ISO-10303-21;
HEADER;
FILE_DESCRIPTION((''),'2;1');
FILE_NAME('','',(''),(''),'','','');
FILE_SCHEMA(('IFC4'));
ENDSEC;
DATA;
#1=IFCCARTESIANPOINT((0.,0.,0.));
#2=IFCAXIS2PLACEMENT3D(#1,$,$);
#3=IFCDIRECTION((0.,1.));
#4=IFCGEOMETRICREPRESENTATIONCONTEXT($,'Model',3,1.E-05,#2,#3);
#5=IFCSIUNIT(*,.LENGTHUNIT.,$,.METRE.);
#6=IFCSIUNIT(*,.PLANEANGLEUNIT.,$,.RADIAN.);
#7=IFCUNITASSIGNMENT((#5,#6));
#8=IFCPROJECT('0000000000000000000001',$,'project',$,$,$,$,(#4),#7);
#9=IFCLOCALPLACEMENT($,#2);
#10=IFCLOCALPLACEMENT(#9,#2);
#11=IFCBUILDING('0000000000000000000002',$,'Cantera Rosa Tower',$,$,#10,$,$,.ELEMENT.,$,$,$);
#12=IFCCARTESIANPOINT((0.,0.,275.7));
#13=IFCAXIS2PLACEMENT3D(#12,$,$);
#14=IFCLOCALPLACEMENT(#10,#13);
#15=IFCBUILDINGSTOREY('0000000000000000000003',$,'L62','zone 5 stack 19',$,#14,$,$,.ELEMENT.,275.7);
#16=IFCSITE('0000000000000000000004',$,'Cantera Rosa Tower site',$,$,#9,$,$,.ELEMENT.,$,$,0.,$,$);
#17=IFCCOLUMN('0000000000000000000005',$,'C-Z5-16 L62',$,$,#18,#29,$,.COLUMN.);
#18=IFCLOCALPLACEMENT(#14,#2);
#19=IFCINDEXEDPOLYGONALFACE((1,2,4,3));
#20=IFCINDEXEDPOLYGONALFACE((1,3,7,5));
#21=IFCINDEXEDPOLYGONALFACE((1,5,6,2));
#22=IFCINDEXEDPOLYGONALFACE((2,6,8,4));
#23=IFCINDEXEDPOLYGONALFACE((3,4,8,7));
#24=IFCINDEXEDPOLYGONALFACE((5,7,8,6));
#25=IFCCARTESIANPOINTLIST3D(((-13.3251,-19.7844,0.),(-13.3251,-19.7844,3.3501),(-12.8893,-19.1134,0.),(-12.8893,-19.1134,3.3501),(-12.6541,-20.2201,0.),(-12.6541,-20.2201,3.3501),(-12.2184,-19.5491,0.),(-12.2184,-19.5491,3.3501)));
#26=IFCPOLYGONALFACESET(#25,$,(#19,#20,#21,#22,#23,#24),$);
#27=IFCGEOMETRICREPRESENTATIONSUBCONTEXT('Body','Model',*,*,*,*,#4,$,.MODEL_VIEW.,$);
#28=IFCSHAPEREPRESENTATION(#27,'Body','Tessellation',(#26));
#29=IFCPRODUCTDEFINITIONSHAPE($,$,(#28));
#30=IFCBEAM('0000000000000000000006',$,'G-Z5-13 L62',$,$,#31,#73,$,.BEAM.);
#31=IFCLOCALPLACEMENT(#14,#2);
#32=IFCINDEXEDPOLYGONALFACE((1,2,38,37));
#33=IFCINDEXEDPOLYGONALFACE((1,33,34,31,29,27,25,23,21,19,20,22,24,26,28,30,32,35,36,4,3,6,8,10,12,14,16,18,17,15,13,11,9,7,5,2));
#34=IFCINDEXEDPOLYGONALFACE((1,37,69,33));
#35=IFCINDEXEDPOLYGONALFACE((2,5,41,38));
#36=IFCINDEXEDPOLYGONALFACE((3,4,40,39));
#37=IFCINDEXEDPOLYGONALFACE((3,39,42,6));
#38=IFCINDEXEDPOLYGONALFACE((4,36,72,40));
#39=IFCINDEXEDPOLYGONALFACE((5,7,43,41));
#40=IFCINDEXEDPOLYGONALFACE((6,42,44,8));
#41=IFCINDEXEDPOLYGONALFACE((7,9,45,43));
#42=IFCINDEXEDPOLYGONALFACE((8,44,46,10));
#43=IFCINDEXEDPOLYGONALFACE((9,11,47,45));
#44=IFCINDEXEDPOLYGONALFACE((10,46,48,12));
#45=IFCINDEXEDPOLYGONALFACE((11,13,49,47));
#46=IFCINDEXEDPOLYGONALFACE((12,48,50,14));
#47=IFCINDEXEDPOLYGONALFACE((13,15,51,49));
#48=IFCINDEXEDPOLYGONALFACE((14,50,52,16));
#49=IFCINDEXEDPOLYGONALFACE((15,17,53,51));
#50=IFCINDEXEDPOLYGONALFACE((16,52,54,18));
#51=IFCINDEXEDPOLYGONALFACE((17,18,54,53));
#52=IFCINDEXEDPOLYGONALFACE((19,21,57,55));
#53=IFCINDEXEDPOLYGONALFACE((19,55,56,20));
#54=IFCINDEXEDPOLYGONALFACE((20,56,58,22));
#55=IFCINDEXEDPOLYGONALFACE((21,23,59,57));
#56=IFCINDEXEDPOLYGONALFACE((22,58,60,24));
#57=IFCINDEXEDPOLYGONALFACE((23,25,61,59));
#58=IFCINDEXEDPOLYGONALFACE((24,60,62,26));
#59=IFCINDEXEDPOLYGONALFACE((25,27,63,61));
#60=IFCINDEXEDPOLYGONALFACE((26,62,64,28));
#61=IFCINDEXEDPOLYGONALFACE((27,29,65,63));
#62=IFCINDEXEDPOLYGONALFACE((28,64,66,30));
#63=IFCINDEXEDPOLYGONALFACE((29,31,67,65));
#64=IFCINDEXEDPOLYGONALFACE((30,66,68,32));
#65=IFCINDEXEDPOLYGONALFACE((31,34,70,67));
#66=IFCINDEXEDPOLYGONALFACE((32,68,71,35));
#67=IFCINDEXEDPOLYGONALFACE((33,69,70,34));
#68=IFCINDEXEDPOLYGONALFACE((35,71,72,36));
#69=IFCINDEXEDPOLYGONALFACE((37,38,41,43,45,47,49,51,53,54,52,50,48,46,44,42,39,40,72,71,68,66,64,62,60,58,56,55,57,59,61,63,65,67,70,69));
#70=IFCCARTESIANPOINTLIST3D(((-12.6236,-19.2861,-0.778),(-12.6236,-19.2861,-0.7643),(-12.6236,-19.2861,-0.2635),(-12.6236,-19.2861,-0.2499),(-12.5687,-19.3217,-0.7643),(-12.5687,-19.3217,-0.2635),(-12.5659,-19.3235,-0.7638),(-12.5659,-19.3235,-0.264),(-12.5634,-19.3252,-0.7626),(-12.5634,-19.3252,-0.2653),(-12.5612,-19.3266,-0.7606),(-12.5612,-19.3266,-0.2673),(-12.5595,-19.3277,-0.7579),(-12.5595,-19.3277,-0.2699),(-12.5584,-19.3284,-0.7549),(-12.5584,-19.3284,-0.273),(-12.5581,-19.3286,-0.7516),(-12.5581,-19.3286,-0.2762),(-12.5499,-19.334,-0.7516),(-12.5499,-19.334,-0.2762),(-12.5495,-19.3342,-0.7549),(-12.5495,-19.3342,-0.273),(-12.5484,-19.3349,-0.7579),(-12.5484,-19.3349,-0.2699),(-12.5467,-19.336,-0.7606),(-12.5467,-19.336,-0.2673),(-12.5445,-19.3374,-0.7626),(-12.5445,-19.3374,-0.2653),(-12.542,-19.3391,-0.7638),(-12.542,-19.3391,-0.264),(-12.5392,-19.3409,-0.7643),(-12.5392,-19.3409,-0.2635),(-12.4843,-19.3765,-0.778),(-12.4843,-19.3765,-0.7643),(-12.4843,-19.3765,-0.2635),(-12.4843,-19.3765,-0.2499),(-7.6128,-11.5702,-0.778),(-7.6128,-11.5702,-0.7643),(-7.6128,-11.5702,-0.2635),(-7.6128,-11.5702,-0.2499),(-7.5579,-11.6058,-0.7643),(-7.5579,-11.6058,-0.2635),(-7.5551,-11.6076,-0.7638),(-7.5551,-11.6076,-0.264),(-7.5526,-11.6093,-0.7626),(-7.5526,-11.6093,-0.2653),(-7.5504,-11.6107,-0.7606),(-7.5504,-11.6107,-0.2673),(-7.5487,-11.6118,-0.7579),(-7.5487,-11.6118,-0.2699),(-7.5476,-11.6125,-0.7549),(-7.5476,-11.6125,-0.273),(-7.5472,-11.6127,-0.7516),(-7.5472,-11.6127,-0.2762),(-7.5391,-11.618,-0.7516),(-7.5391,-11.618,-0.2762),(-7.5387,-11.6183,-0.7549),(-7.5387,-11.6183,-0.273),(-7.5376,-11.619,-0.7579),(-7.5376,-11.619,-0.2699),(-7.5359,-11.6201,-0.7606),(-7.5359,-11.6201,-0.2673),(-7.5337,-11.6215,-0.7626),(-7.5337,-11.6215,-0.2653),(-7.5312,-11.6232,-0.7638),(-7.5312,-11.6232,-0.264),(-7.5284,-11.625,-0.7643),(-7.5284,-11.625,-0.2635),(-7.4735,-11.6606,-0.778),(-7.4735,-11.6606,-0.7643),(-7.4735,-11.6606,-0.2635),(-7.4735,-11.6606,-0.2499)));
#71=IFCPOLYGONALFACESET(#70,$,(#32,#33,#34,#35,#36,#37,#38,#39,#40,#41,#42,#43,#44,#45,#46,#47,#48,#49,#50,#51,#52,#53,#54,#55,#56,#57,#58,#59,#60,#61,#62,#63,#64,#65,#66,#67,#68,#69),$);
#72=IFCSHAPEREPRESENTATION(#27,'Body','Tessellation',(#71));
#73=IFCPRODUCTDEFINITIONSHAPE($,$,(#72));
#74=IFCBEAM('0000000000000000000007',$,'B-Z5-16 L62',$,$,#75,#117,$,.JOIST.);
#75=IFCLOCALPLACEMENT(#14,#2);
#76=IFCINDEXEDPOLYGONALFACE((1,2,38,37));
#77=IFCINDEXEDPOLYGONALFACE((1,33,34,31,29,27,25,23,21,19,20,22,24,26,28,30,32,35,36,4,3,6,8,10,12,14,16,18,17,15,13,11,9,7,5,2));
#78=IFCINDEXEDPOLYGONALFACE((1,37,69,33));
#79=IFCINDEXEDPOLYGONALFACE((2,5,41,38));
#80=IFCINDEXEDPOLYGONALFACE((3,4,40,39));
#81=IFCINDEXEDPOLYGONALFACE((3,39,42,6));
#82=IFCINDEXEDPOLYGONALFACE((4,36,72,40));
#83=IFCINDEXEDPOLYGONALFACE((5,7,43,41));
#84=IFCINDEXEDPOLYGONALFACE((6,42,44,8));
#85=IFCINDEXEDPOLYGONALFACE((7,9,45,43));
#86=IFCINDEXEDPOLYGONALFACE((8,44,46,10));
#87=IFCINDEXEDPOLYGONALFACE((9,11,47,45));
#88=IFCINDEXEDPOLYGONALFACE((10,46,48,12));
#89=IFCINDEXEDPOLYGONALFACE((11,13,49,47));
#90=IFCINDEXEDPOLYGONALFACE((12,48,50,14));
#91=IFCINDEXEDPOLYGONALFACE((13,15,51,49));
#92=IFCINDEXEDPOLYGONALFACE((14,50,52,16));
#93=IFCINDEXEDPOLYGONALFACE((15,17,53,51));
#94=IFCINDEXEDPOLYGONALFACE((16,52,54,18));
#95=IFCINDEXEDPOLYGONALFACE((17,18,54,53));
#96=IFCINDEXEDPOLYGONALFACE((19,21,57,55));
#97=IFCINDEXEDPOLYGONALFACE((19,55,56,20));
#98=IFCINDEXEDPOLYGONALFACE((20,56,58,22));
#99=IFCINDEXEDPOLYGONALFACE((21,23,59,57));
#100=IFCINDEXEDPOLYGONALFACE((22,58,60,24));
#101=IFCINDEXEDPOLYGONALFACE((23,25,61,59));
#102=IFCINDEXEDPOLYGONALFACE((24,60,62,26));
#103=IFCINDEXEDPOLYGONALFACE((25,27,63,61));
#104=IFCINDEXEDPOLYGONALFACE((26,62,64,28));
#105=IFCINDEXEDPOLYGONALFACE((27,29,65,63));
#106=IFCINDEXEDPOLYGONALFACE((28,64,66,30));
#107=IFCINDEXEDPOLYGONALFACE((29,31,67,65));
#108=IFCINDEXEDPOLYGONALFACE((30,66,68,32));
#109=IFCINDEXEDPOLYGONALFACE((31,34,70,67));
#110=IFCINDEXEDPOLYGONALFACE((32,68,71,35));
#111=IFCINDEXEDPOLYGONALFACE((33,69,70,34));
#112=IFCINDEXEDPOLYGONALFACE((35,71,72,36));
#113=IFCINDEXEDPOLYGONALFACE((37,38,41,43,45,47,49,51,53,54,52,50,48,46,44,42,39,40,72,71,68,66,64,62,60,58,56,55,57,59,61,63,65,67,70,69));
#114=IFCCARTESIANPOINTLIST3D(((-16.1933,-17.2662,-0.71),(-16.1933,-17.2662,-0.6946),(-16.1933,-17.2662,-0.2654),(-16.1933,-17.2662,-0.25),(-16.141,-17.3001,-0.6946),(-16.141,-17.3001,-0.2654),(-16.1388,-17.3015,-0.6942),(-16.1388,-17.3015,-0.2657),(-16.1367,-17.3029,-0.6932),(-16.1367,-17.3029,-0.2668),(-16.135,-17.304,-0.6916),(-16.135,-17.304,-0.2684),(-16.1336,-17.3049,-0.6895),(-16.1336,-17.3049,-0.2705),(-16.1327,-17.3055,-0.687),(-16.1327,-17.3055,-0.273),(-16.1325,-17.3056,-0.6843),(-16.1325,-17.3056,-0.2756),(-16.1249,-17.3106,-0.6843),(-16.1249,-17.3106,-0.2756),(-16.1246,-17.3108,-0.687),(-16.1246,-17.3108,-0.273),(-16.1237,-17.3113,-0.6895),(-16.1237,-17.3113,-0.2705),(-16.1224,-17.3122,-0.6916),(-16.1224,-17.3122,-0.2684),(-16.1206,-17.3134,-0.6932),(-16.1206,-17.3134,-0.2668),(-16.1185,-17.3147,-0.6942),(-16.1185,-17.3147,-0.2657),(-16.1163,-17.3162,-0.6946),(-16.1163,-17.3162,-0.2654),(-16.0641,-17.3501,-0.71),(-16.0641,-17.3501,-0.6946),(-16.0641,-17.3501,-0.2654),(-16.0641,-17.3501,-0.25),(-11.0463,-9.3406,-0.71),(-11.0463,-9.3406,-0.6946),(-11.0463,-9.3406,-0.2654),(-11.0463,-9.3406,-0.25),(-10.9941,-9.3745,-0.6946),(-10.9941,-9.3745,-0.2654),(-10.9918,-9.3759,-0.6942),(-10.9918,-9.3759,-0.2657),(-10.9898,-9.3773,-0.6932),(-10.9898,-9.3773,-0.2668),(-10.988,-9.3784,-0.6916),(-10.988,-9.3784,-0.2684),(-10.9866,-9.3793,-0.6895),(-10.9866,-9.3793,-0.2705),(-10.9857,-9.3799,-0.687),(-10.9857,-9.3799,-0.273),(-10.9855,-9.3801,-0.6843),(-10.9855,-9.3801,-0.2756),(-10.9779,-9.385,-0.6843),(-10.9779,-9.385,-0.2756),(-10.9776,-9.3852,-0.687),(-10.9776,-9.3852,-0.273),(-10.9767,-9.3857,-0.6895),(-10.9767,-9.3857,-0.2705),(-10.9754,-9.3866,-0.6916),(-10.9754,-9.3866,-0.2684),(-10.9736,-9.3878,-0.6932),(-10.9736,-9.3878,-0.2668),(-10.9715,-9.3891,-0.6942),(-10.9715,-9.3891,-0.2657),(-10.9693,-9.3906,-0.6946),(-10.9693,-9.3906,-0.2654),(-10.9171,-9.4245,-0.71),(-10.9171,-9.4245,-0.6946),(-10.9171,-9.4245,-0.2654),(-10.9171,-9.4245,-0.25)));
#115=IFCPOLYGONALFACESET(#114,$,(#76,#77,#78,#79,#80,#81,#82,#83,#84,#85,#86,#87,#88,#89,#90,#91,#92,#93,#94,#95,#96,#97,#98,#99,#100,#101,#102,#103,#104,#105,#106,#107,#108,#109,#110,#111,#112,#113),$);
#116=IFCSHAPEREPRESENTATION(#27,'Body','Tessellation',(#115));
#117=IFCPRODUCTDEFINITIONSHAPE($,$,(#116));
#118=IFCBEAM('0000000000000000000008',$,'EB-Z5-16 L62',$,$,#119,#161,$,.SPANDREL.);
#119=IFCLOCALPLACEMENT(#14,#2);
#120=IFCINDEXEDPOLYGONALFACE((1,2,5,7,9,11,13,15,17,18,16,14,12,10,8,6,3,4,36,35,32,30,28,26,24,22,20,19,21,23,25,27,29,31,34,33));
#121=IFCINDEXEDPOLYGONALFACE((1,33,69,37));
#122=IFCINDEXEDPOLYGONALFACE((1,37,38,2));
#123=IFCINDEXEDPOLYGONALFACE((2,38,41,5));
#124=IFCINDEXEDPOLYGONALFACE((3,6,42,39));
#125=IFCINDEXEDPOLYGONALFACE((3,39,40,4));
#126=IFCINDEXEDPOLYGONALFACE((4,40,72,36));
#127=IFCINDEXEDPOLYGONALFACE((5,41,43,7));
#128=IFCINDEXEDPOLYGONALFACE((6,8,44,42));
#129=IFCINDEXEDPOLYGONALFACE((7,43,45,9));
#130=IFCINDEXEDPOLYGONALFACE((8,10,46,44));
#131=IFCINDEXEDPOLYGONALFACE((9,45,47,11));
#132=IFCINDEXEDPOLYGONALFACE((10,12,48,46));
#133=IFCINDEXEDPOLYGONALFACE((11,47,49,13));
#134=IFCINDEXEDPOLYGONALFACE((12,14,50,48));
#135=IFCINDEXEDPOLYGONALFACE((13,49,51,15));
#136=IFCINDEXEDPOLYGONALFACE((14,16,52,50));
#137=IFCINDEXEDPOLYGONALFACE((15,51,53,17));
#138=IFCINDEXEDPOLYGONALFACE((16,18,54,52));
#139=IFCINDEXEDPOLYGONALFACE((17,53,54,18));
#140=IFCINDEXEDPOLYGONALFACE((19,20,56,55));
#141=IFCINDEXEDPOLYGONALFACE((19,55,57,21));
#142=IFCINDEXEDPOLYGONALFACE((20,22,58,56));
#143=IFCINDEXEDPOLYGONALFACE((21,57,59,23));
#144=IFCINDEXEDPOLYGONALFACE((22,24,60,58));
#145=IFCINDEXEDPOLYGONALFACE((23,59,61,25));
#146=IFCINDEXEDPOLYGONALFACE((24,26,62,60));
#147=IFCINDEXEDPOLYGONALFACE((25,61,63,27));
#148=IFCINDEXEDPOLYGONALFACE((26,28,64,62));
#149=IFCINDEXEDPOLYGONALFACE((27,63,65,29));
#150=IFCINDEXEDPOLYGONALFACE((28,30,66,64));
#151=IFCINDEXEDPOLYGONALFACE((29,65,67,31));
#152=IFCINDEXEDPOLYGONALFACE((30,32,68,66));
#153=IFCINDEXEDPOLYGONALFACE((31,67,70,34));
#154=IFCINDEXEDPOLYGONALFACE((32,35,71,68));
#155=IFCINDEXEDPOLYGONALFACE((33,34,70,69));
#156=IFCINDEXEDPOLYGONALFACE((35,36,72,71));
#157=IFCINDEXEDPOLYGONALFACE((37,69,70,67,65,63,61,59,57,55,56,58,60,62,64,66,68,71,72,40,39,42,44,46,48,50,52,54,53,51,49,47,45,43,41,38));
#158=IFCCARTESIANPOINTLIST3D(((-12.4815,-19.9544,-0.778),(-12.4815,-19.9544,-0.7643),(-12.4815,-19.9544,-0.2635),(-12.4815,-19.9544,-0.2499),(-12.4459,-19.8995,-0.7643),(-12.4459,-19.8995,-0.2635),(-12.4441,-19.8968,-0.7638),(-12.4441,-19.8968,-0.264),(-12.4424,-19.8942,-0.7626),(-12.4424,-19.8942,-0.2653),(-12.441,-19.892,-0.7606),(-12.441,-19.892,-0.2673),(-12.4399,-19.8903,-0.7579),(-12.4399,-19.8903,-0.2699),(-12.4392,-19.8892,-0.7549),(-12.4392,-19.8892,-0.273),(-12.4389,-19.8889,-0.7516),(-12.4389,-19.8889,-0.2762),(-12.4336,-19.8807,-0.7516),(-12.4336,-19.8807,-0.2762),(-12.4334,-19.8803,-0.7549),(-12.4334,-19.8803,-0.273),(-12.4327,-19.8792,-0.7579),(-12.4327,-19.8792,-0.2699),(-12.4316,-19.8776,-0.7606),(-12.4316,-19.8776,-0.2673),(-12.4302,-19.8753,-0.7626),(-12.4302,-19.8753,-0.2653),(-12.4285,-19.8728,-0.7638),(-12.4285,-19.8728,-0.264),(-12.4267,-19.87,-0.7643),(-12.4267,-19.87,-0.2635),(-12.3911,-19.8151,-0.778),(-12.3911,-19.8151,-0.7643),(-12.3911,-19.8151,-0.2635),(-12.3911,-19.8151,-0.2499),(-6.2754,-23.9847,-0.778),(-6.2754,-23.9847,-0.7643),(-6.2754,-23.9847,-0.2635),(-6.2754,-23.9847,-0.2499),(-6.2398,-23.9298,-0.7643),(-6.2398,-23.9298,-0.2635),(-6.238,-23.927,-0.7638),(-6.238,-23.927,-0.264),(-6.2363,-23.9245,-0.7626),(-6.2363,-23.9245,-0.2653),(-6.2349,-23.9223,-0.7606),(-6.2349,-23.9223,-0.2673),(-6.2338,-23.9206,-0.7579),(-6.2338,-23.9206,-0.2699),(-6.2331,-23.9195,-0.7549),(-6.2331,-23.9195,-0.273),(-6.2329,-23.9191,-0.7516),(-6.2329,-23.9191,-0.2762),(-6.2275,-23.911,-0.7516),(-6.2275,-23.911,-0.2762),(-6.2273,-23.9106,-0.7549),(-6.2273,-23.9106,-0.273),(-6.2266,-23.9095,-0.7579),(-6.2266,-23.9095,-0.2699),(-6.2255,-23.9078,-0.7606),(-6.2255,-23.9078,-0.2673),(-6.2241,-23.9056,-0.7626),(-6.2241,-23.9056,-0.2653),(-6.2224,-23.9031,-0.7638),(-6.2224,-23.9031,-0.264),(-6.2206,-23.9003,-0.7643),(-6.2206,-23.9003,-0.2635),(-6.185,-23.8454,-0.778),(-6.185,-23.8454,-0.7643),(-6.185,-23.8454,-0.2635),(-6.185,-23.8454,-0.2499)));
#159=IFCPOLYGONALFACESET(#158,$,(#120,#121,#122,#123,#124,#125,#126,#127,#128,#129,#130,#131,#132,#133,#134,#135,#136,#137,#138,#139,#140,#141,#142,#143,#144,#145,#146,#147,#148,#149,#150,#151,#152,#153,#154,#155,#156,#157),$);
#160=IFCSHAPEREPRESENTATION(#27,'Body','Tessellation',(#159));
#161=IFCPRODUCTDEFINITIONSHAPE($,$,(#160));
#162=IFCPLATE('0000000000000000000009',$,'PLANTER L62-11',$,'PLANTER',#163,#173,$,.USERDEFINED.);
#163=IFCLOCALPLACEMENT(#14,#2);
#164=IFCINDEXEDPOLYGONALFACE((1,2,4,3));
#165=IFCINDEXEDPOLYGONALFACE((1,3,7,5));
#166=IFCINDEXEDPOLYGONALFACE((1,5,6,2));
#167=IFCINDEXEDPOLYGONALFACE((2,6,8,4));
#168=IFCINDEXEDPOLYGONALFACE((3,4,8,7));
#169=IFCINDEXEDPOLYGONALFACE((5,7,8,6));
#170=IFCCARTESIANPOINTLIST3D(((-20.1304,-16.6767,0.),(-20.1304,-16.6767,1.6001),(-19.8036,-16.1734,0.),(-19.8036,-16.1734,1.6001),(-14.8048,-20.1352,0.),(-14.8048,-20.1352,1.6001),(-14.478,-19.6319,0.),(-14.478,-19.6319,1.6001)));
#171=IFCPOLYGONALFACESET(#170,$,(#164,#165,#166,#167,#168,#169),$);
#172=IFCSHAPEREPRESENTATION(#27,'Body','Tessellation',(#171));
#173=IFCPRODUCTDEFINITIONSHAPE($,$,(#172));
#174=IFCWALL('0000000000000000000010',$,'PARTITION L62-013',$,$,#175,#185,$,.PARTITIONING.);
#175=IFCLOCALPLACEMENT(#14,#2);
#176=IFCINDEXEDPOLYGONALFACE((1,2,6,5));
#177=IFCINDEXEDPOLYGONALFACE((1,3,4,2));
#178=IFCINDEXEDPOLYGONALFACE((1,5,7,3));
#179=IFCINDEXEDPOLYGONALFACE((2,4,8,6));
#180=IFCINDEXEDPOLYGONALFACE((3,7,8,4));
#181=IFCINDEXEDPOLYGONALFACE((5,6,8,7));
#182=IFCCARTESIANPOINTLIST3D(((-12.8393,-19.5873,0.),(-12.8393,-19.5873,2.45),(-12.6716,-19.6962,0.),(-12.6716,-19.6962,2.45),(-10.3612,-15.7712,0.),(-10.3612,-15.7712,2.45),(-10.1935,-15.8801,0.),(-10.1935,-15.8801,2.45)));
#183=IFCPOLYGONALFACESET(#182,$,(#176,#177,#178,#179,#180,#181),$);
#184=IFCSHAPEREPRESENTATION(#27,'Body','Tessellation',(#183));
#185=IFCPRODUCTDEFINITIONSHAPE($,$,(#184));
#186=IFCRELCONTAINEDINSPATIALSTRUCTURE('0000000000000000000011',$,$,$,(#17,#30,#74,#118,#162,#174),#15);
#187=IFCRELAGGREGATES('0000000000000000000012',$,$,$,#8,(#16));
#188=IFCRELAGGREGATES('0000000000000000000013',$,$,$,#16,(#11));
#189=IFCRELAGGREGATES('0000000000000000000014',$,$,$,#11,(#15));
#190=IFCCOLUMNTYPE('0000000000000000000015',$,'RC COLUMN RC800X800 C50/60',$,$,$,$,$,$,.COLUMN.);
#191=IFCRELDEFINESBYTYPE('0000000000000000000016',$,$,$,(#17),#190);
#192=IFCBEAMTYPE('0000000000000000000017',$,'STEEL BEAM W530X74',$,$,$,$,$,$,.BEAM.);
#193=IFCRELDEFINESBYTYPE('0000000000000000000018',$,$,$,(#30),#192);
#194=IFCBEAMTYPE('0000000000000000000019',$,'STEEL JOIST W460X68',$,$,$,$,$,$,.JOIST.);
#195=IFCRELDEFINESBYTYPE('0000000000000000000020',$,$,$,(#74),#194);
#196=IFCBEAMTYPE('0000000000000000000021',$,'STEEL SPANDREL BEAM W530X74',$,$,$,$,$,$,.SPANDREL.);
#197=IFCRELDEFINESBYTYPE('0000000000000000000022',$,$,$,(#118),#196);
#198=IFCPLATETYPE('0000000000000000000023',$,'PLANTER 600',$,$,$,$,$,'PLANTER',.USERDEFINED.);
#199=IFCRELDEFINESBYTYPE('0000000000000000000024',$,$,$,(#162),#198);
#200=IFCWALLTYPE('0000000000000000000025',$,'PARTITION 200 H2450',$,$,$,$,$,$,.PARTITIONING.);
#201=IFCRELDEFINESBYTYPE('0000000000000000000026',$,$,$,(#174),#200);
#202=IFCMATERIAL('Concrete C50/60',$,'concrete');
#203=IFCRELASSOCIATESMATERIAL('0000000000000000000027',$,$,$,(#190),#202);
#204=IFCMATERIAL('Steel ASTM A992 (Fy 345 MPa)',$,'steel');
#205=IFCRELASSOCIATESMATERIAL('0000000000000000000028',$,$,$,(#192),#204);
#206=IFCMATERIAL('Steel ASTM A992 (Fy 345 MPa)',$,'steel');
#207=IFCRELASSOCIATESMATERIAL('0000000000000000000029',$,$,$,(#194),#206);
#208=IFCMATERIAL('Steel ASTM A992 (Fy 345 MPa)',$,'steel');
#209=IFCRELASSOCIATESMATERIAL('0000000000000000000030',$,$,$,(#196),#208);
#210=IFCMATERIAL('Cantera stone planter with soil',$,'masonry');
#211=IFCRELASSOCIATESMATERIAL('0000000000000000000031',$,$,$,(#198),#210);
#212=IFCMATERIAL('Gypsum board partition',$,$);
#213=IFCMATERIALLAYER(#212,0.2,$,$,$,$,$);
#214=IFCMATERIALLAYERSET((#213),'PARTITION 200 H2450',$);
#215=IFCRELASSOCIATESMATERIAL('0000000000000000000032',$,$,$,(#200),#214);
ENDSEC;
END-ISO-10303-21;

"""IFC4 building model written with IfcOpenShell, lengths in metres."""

from ifc_helpers import new_model, si_unit, direction, frame, frame_2d, origin, origin_2d, place, context, subcontext, project, spatial, rectangle, i_section, extrude, material, layer, layer_set, material_profile, profile_set, type_object, element, save


model = new_model("IFC4")

# Units and contexts
model_context = context("Model", 3, precision=1e-05, world=origin(), true_north=direction((0.0, 1.0)))
body_context = subcontext(model_context, "Body", "Model", "MODEL_VIEW")
ifc_project = project(units=[si_unit("LENGTHUNIT", "METRE"), si_unit("PLANEANGLEUNIT", "RADIAN")], contexts=[model_context])

# Site, building, storey
site_placement = place(None, origin())
site = spatial("IfcSite", under=ifc_project, at=site_placement, Name="Cantera Rosa Tower site", CompositionType="ELEMENT", RefElevation=0.0)
building_placement = place(site_placement, origin())
building = spatial("IfcBuilding", under=site, at=building_placement, Name="Cantera Rosa Tower", CompositionType="ELEMENT")
storey_placement = place(building_placement, frame((0.0, 0.0, 275.7)))
storey = spatial("IfcBuildingStorey", under=building, at=storey_placement, Name="L62", Description="zone 5 stack 19", CompositionType="ELEMENT", Elevation=275.7)

# Column
ifc_material_1 = material(Name="Concrete C50/60", Category="concrete")
ifc_material_profile_1 = material_profile(ifc_material_1, rectangle(XDim=0.8, YDim=0.8, at=origin_2d()), Name="RC COLUMN RC800X800 C50/60")
ifc_profile_set_1 = profile_set([ifc_material_profile_1], Name="Concrete C50/60")
column_type = type_object("IfcColumnType", Name="RC COLUMN RC800X800 C50/60", PredefinedType="COLUMN", material=ifc_profile_set_1)
column_placement = place(storey_placement, frame((-12.7717, -19.6667, 0.0), z_axis=(0.0, 0.0, 1.0), x_axis=(0.544639, 0.838671, 0.0)))
element("IfcColumn", 1, at=column_placement, inside=storey, type_object=column_type, Name="C-Z5-16 L62", PredefinedType="COLUMN", context=body_context, shape_type="SweptSolid", body=[
    extrude(rectangle(XDim=0.8, YDim=0.8, at=origin_2d()), origin(), (0.0, 0.0, 1.0), 3.3501),
])

# Beams
ifc_material_2 = material(Name="Steel ASTM A992 (Fy 345 MPa)", Category="steel")
ifc_material_profile_2 = material_profile(ifc_material_2, i_section(OverallWidth=0.166, OverallDepth=0.5281, WebThickness=0.0098, FlangeThickness=0.0137, FilletRadius=0.0127, at=origin_2d()), Name="W530X74")
ifc_profile_set_2 = profile_set([ifc_material_profile_2], Name="Steel ASTM A992 (Fy 345 MPa)")
beam_type_1 = type_object("IfcBeamType", Name="STEEL BEAM W530X74", PredefinedType="BEAM", material=ifc_profile_set_2)
beam_1_placement = place(storey_placement, frame((-12.554, -19.3313, -0.5139), z_axis=(0.544641, 0.838669, 0.0), x_axis=(-0.838669, 0.544641, 0.0)))
element("IfcBeam", 2, at=beam_1_placement, inside=storey, type_object=beam_type_1, Name="G-Z5-13 L62", PredefinedType="BEAM", context=body_context, shape_type="SweptSolid", body=[
    extrude(i_section(OverallWidth=0.166, OverallDepth=0.5281, WebThickness=0.0098, FlangeThickness=0.0137, FilletRadius=0.0127, at=origin_2d()), origin(), (0.0, 0.0, 1.0), 9.2002),
])
ifc_material_3 = material(Name="Steel ASTM A992 (Fy 345 MPa)", Category="steel")
ifc_material_profile_3 = material_profile(ifc_material_3, i_section(OverallWidth=0.1541, OverallDepth=0.46, WebThickness=0.009, FlangeThickness=0.0154, FilletRadius=0.0103, at=origin_2d()), Name="W460X68")
ifc_profile_set_3 = profile_set([ifc_material_profile_3], Name="Steel ASTM A992 (Fy 345 MPa)")
beam_type_2 = type_object("IfcBeamType", Name="STEEL JOIST W460X68", PredefinedType="JOIST", material=ifc_profile_set_3)
beam_2_placement = place(storey_placement, frame((-16.1287, -17.3081, -0.48), z_axis=(0.544644, 0.838667, 0.0), x_axis=(-0.838667, 0.544644, 0.0)))
element("IfcBeam", 3, at=beam_2_placement, inside=storey, type_object=beam_type_2, Name="B-Z5-16 L62", PredefinedType="JOIST", context=body_context, shape_type="SweptSolid", body=[
    extrude(i_section(OverallWidth=0.1541, OverallDepth=0.46, WebThickness=0.009, FlangeThickness=0.0154, FilletRadius=0.0103, at=origin_2d()), origin(), (0.0, 0.0, 1.0), 9.4502),
])
ifc_material_4 = material(Name="Steel ASTM A992 (Fy 345 MPa)", Category="steel")
ifc_material_profile_4 = material_profile(ifc_material_4, i_section(OverallWidth=0.166, OverallDepth=0.5281, WebThickness=0.0098, FlangeThickness=0.0137, FilletRadius=0.0127, at=origin_2d()), Name="W530X74")
ifc_profile_set_4 = profile_set([ifc_material_profile_4], Name="Steel ASTM A992 (Fy 345 MPa)")
beam_type_3 = type_object("IfcBeamType", Name="STEEL SPANDREL BEAM W530X74", PredefinedType="SPANDREL", material=ifc_profile_set_4)
beam_3_placement = place(storey_placement, frame((-12.4363, -19.8848, -0.5139), z_axis=(0.83867, -0.54464, 0.0), x_axis=(0.54464, 0.83867, 0.0)))
element("IfcBeam", 4, at=beam_3_placement, inside=storey, type_object=beam_type_3, Name="EB-Z5-16 L62", PredefinedType="SPANDREL", context=body_context, shape_type="SweptSolid", body=[
    extrude(i_section(OverallWidth=0.166, OverallDepth=0.5281, WebThickness=0.0098, FlangeThickness=0.0137, FilletRadius=0.0127, at=origin_2d()), origin(), (0.0, 0.0, 1.0), 7.3999),
])

# Plate
ifc_material_5 = material(Name="Cantera stone planter with soil", Category="masonry")
plate_type = type_object("IfcPlateType", Name="PLANTER 600", ElementType="PLANTER", PredefinedType="USERDEFINED", material=ifc_material_5)
plate_placement = place(storey_placement, frame((-17.3042, -18.1543, 0.0), z_axis=(0.0, 0.0, 1.0), x_axis=(0.838671, -0.544639, 0.0)))
element("IfcPlate", 5, at=plate_placement, inside=storey, type_object=plate_type, Name="PLANTER L62-11", ObjectType="PLANTER", PredefinedType="USERDEFINED", context=body_context, shape_type="SweptSolid", body=[
    extrude(rectangle(XDim=6.3501, YDim=0.6001, at=origin_2d()), origin(), (0.0, 0.0, 1.0), 1.6001),
])

# Wall
ifc_material_6 = material(Name="Gypsum board partition")
ifc_layer_1 = layer(ifc_material_6, 0.2)
ifc_layer_set_1 = layer_set([ifc_layer_1], Name="PARTITION 200 H2450")
wall_type_1 = type_object("IfcWallType", Name="PARTITION 200 H2450", PredefinedType="PARTITIONING", material=ifc_layer_set_1)
wall_1_placement = place(storey_placement, frame((-12.7554, -19.6416, 0.0), z_axis=(0.0, 0.0, 1.0), x_axis=(0.54463, 0.838676, 0.0)))
element("IfcWall", 6, at=wall_1_placement, inside=storey, type_object=wall_type_1, Name="PARTITION L62-013", PredefinedType="PARTITIONING", context=body_context, shape_type="SweptSolid", body=[
    extrude(rectangle(XDim=4.55, YDim=0.2, at=frame_2d((2.2749, 0.0))), origin(), (0.0, 0.0, 1.0), 2.45),
])

save(model, "model.ifc")
